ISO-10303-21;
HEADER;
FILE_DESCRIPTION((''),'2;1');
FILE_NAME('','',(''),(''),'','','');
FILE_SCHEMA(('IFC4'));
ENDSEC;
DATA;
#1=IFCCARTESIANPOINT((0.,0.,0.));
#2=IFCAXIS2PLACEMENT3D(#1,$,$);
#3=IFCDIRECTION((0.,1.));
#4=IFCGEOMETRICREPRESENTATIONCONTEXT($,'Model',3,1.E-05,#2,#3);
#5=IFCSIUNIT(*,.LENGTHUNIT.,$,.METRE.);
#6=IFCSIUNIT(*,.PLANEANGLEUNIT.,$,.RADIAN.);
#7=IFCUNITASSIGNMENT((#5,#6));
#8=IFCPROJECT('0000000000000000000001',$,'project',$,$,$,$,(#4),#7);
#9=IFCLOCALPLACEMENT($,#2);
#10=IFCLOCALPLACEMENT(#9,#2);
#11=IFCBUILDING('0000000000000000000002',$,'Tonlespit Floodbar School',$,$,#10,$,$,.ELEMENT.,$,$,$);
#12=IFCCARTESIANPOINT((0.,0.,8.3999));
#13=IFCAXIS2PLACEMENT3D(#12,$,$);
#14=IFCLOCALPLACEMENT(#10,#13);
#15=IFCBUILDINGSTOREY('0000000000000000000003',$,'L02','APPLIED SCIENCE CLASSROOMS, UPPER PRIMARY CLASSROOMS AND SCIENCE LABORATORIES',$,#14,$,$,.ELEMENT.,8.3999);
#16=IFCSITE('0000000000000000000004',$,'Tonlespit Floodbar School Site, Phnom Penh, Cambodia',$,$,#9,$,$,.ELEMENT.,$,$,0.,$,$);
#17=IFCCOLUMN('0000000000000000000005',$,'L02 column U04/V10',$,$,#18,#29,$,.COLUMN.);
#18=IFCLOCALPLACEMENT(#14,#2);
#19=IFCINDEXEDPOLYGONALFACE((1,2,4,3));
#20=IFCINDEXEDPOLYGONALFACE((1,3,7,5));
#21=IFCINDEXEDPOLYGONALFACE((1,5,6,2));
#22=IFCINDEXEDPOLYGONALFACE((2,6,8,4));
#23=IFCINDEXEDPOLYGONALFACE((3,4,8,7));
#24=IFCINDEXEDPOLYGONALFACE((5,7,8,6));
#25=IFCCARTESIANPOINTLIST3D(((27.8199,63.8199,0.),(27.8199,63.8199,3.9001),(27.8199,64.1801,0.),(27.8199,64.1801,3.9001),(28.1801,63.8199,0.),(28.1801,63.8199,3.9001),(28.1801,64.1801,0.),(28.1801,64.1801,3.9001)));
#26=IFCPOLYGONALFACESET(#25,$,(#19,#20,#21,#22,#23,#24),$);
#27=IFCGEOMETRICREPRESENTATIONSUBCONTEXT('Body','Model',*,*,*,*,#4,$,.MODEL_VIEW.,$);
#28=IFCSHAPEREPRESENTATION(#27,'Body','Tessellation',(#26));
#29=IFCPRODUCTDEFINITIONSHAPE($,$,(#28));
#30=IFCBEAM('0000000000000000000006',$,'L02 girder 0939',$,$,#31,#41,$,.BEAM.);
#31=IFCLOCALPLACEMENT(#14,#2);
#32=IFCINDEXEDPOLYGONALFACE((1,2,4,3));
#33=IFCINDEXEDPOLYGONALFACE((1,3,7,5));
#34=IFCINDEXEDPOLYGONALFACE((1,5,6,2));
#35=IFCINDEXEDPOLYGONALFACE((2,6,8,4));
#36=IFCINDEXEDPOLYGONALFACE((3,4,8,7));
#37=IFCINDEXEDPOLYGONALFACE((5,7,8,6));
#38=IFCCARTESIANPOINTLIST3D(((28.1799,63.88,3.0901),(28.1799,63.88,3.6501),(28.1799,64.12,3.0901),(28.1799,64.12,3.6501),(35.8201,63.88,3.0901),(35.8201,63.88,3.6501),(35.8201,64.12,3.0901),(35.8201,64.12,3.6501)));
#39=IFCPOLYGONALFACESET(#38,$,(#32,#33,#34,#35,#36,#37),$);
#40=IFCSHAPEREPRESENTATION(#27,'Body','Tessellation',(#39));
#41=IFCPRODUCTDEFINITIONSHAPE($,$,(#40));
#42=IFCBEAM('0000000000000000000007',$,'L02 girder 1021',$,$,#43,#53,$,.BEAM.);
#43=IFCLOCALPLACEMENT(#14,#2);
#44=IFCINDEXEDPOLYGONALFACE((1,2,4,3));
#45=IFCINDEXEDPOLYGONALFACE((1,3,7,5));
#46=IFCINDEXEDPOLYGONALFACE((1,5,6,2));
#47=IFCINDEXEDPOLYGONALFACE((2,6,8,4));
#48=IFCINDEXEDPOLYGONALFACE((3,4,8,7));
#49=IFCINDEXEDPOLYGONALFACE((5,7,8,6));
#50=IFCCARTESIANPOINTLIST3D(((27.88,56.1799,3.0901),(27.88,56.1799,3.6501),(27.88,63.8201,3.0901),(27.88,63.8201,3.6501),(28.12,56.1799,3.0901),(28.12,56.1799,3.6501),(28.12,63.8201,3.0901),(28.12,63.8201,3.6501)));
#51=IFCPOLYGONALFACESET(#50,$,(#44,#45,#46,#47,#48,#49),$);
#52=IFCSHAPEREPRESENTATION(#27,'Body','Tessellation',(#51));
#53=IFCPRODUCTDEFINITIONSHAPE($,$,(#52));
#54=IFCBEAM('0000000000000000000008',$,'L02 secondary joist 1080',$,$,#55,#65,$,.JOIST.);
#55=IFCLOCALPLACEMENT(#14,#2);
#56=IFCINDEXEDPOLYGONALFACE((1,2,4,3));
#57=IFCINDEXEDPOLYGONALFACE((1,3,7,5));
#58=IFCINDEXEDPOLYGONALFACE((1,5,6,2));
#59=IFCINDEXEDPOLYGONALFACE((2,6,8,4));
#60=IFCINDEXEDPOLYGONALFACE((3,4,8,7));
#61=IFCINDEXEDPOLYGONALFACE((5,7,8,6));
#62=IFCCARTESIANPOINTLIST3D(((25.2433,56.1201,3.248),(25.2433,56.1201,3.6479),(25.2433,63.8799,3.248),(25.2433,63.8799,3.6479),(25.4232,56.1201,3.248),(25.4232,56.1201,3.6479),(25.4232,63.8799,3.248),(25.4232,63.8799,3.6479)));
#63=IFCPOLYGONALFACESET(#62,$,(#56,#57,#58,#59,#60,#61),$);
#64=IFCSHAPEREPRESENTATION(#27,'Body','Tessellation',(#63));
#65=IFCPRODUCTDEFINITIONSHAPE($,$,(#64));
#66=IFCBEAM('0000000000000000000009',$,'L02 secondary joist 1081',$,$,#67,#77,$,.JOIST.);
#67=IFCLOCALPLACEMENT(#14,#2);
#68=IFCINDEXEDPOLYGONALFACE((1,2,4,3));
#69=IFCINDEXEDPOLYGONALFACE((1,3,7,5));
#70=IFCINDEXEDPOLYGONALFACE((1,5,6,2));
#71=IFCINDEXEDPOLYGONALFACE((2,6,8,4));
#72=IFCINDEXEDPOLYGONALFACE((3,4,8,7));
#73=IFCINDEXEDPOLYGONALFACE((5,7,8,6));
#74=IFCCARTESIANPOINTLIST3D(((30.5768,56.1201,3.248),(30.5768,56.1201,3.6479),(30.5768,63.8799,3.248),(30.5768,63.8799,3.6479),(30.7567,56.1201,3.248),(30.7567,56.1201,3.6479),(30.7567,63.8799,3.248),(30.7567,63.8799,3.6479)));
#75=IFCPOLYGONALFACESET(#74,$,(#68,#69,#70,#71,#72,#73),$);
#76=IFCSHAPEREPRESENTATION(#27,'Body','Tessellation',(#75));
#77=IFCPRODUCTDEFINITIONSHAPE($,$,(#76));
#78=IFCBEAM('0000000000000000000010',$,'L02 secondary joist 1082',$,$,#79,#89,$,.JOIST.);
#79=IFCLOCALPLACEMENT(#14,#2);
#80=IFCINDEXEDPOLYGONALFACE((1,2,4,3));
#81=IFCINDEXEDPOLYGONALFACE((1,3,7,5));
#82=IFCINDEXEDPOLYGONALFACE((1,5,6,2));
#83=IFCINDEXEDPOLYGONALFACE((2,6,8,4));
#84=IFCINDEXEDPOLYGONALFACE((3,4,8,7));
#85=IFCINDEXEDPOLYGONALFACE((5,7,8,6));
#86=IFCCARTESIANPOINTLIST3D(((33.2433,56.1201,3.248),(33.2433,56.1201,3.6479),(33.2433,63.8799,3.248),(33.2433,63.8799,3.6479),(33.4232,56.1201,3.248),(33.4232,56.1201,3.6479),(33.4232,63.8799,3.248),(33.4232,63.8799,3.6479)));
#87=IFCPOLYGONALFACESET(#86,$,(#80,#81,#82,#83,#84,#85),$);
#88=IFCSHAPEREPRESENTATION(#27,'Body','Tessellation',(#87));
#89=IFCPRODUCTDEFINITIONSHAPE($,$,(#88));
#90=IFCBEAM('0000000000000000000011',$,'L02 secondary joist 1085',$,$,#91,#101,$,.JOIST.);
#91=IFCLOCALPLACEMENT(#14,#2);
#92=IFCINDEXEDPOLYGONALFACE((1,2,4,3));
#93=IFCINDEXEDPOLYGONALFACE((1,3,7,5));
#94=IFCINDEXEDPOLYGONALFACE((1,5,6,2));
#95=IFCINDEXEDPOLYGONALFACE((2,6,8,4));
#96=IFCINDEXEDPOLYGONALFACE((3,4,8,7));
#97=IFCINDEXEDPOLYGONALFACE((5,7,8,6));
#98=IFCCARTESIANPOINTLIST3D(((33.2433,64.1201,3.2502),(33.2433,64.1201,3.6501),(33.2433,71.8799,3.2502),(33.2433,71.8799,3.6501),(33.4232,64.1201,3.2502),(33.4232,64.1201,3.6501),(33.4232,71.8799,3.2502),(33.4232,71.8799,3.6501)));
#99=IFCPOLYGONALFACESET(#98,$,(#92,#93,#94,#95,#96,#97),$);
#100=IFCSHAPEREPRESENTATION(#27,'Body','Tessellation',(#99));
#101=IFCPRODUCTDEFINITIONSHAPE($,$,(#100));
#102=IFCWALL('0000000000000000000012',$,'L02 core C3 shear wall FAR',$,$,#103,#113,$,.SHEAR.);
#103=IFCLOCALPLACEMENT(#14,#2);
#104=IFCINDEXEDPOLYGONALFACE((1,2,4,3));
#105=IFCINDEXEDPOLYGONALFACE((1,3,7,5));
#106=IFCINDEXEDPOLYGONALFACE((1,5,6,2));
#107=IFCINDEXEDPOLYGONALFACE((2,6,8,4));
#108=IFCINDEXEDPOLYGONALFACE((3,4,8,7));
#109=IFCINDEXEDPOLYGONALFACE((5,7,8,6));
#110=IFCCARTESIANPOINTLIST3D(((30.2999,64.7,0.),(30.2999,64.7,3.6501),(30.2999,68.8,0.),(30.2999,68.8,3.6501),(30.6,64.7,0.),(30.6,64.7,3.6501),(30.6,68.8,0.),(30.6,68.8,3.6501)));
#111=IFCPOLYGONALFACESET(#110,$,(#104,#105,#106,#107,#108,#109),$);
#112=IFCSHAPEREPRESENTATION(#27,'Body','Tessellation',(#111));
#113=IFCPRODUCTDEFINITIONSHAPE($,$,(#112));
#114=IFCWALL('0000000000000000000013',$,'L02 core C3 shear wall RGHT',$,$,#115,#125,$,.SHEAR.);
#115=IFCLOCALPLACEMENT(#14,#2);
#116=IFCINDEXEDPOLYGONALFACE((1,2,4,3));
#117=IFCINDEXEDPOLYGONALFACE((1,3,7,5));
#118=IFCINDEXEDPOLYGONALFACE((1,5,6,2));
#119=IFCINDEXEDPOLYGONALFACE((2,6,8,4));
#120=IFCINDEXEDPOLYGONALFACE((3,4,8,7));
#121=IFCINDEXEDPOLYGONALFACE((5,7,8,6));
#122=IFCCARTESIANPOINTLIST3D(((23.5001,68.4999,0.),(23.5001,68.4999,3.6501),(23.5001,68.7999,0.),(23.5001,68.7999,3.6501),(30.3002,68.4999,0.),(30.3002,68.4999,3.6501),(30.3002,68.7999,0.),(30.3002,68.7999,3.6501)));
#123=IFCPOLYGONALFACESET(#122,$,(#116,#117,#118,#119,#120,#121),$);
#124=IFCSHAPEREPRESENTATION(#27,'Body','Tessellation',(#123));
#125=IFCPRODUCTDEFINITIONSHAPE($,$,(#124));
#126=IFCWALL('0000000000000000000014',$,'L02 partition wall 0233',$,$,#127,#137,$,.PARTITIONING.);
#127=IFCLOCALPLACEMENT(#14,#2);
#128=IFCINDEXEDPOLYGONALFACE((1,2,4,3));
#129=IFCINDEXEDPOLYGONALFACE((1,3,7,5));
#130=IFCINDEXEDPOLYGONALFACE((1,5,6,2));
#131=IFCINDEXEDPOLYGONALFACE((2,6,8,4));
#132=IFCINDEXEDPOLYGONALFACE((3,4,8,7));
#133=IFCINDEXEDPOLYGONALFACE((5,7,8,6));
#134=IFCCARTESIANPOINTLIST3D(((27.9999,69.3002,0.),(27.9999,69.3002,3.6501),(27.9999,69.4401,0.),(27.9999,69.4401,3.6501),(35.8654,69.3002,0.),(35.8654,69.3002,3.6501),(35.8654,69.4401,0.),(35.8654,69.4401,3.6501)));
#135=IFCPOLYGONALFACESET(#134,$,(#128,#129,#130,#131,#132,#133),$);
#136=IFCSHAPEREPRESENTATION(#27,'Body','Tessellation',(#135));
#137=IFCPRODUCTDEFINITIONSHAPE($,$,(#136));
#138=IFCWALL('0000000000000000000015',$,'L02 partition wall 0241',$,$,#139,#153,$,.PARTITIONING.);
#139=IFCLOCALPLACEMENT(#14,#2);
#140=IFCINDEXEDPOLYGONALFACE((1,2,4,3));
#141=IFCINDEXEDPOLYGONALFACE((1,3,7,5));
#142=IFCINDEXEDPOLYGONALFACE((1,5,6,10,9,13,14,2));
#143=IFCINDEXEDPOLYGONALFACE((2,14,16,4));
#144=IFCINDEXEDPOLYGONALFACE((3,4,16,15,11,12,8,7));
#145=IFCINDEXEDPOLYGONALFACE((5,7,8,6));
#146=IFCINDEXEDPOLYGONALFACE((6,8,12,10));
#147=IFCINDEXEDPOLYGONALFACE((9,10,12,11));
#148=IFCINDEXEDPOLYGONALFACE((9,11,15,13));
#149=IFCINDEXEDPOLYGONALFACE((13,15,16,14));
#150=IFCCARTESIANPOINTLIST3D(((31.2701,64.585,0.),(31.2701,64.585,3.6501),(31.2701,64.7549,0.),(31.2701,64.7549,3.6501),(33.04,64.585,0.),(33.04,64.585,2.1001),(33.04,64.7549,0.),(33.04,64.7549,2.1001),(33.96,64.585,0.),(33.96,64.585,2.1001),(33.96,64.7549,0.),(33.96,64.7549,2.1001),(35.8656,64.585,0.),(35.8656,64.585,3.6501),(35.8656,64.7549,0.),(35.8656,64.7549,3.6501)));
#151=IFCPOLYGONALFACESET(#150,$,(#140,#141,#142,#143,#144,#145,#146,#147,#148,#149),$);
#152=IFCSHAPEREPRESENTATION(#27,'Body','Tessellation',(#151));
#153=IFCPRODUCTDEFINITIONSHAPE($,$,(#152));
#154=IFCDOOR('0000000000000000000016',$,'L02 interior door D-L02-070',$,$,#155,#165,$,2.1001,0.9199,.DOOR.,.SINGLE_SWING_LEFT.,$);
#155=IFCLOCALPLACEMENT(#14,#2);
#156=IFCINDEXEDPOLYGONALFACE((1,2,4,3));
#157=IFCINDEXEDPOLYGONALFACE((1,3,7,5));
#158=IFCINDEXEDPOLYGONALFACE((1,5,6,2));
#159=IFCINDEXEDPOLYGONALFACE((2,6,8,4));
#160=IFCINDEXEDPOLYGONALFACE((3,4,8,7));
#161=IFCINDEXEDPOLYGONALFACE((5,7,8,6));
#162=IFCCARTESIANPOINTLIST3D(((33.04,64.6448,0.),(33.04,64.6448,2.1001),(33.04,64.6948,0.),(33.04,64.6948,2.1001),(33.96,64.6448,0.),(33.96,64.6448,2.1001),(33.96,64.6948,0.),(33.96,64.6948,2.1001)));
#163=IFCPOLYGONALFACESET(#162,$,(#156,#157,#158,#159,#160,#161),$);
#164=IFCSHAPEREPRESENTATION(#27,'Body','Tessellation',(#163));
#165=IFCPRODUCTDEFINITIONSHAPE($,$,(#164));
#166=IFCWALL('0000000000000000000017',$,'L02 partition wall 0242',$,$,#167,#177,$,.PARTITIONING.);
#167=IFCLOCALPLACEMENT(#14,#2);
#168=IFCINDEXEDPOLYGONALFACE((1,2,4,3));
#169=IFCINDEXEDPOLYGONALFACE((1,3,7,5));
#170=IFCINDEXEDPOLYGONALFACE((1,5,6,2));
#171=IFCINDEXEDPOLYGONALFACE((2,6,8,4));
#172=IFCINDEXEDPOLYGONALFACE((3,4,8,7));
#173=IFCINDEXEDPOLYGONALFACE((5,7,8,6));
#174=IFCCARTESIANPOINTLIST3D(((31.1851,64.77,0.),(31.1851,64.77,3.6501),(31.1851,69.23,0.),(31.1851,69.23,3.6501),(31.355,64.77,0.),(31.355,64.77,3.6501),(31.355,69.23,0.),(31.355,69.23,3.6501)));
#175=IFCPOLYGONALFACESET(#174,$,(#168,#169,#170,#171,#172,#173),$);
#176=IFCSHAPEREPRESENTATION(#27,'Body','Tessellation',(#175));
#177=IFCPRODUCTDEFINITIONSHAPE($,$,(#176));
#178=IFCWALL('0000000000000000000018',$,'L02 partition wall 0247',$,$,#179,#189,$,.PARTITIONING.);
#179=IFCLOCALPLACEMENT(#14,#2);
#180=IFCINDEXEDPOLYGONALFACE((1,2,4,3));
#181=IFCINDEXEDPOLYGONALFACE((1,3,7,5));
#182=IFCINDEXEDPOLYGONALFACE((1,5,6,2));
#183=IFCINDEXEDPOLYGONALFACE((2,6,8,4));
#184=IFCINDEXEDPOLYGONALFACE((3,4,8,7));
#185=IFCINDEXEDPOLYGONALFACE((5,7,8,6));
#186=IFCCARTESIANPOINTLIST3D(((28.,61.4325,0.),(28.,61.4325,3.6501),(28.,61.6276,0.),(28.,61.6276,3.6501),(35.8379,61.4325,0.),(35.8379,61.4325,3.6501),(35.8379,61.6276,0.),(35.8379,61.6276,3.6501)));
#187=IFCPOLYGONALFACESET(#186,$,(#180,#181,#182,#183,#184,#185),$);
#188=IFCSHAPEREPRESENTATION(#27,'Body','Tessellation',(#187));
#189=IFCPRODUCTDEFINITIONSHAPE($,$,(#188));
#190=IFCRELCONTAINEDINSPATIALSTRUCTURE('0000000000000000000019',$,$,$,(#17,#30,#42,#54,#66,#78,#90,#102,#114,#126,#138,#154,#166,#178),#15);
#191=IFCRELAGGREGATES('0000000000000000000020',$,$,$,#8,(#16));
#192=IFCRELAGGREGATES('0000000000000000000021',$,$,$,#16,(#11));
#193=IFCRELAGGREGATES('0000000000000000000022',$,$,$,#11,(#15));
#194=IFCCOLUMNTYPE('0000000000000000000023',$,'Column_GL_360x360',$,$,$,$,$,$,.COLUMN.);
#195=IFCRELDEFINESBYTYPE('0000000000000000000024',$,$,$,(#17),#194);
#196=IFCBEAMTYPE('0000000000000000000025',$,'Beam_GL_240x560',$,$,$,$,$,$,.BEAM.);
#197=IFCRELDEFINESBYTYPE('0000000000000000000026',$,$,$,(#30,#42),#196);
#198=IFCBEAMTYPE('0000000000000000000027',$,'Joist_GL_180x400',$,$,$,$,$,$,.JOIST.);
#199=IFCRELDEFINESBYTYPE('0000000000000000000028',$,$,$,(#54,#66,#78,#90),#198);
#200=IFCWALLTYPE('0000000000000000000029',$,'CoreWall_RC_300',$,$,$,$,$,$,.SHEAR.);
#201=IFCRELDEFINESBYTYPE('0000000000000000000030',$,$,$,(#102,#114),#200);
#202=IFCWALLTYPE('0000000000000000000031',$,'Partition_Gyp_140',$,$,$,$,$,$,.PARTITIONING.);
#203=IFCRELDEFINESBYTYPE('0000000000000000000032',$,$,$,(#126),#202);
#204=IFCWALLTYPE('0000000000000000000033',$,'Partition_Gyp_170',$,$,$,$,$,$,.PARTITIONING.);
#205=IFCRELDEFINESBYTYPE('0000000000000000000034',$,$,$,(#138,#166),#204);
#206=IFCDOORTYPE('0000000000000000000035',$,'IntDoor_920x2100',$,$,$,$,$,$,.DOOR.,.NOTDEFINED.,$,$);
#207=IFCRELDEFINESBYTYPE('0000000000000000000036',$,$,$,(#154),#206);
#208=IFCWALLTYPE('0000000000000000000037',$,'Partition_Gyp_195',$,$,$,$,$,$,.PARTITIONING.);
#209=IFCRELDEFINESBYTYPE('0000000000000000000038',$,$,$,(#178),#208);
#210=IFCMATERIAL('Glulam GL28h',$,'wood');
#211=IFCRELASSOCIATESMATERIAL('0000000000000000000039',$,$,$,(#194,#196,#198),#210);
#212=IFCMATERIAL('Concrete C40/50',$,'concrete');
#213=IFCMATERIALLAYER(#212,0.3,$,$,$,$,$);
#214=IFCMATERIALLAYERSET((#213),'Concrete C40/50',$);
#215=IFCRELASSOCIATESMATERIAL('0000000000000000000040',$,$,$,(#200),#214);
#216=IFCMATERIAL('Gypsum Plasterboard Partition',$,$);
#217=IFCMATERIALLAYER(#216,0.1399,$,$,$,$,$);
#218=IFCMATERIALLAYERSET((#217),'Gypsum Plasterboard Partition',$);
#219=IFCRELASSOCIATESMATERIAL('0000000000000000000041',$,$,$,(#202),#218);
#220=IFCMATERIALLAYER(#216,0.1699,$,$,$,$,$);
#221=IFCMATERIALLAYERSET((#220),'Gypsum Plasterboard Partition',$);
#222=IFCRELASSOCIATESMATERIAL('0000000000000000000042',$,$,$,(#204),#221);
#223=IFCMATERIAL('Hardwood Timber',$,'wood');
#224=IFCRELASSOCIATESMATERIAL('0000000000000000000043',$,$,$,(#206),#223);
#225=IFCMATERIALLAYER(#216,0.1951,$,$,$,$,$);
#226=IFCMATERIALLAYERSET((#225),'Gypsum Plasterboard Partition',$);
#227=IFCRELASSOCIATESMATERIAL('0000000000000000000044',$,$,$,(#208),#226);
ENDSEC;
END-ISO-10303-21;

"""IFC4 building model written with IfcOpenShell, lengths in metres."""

from ifc_helpers import new_model, si_unit, direction, frame, frame_2d, origin, origin_2d, place, context, subcontext, project, spatial, rectangle, extrude, material, layer, layer_set, material_profile, profile_set, type_object, element, fill, save


model = new_model("IFC4")

# Units and contexts
model_context = context("Model", 3, precision=1e-05, world=origin(), true_north=direction((0.0, 1.0)))
body_context = subcontext(model_context, "Body", "Model", "MODEL_VIEW")
ifc_project = project(units=[si_unit("LENGTHUNIT", "METRE"), si_unit("PLANEANGLEUNIT", "RADIAN")], contexts=[model_context])

# Site, building, storey
site_placement = place(None, origin())
site = spatial("IfcSite", under=ifc_project, at=site_placement, Name="Tonlespit Floodbar School Site, Phnom Penh, Cambodia", CompositionType="ELEMENT", RefElevation=0.0)
building_placement = place(site_placement, origin())
building = spatial("IfcBuilding", under=site, at=building_placement, Name="Tonlespit Floodbar School", CompositionType="ELEMENT")
storey_placement = place(building_placement, frame((0.0, 0.0, 8.3999)))
storey = spatial("IfcBuildingStorey", under=building, at=storey_placement, Name="L02", Description="APPLIED SCIENCE CLASSROOMS, UPPER PRIMARY CLASSROOMS AND SCIENCE LABORATORIES", CompositionType="ELEMENT", Elevation=8.3999)

# Column
ifc_material_1 = material(Name="Glulam GL28h", Category="wood")
ifc_material_profile_1 = material_profile(ifc_material_1, rectangle(XDim=0.3601, YDim=0.3601, at=origin_2d()), Name="GL 360x360")
ifc_profile_set_1 = profile_set([ifc_material_profile_1], Name="Glulam GL28h")
column_type = type_object("IfcColumnType", Name="Column_GL_360x360", PredefinedType="COLUMN", material=ifc_profile_set_1)
column_placement = place(storey_placement, frame((28.0, 64.0, 0.0), z_axis=(0.0, 0.0, 1.0), x_axis=(1.0, 0.0, 0.0)))
element("IfcColumn", 1, at=column_placement, inside=storey, type_object=column_type, Name="L02 column U04/V10", PredefinedType="COLUMN", context=body_context, shape_type="SweptSolid", body=[
    extrude(rectangle(XDim=0.3601, YDim=0.3601, at=origin_2d()), origin(), (0.0, 0.0, 1.0), 3.9001),
])

# Beams
ifc_material_profile_2 = material_profile(ifc_material_1, rectangle(XDim=0.24, YDim=0.5601, at=origin_2d()), Name="GL 240x560")
ifc_profile_set_2 = profile_set([ifc_material_profile_2], Name="Glulam GL28h")
beam_type_1 = type_object("IfcBeamType", Name="Beam_GL_240x560", PredefinedType="BEAM", material=ifc_profile_set_2)
for number, where, z_axis, x_axis, name in (
    (2, (28.1799, 64.0, 3.3701), (1.0, 0.0, 0.0), (0.0, 1.0, 0.0), "L02 girder 0939"),
    (3, (28.0, 56.1799, 3.3701), (0.0, 1.0, 0.0), (-1.0, 0.0, 0.0), "L02 girder 1021"),
):
    element("IfcBeam", number, at=place(storey_placement, frame(where, z_axis=z_axis, x_axis=x_axis)), inside=storey, type_object=beam_type_1, Name=name, PredefinedType="BEAM", context=body_context, shape_type="SweptSolid", body=[
        extrude(rectangle(XDim=0.24, YDim=0.5601, at=origin_2d()), origin(), (0.0, 0.0, 1.0), 7.6401),
    ])
ifc_material_profile_3 = material_profile(ifc_material_1, rectangle(XDim=0.1799, YDim=0.3999, at=origin_2d()), Name="GL 180x400")
ifc_profile_set_3 = profile_set([ifc_material_profile_3], Name="Glulam GL28h")
beam_type_2 = type_object("IfcBeamType", Name="Joist_GL_180x400", PredefinedType="JOIST", material=ifc_profile_set_3)
for number, where, z_axis, x_axis, name in (
    (4, (25.3333, 56.1201, 3.448), (0.0, 1.0, 0.0), (-1.0, 0.0, 0.0), "L02 secondary joist 1080"),
    (5, (30.6667, 56.1201, 3.448), (0.0, 1.0, 0.0), (-1.0, 0.0, 0.0), "L02 secondary joist 1081"),
    (6, (33.3333, 56.1201, 3.448), (0.0, 1.0, 0.0), (-1.0, 0.0, 0.0), "L02 secondary joist 1082"),
    (7, (33.3333, 64.1201, 3.4502), (0.0, 1.0, 0.0), (-1.0, 0.0, 0.0), "L02 secondary joist 1085"),
):
    element("IfcBeam", number, at=place(storey_placement, frame(where, z_axis=z_axis, x_axis=x_axis)), inside=storey, type_object=beam_type_2, Name=name, PredefinedType="JOIST", context=body_context, shape_type="SweptSolid", body=[
        extrude(rectangle(XDim=0.1799, YDim=0.3999, at=origin_2d()), origin(), (0.0, 0.0, 1.0), 7.7598),
    ])

# Walls
ifc_material_2 = material(Name="Concrete C40/50", Category="concrete")
ifc_layer_1 = layer(ifc_material_2, 0.3)
ifc_layer_set_1 = layer_set([ifc_layer_1], Name="Concrete C40/50")
wall_type_1 = type_object("IfcWallType", Name="CoreWall_RC_300", PredefinedType="SHEAR", material=ifc_layer_set_1)
wall_1_placement = place(storey_placement, frame((30.45, 68.8, 0.0), z_axis=(0.0, 0.0, 1.0), x_axis=(0.0, -1.0, 0.0)))
element("IfcWall", 8, at=wall_1_placement, inside=storey, type_object=wall_type_1, Name="L02 core C3 shear wall FAR", PredefinedType="SHEAR", context=body_context, shape_type="SweptSolid", body=[
    extrude(rectangle(XDim=4.1001, YDim=0.3, at=frame_2d((2.05, 0.0))), origin(), (0.0, 0.0, 1.0), 3.6501),
])
wall_2_placement = place(storey_placement, frame((30.3, 68.6499, 0.0), z_axis=(0.0, 0.0, 1.0), x_axis=(-1.0, 0.0, 0.0)))
element("IfcWall", 9, at=wall_2_placement, inside=storey, type_object=wall_type_1, Name="L02 core C3 shear wall RGHT", PredefinedType="SHEAR", context=body_context, shape_type="SweptSolid", body=[
    extrude(rectangle(XDim=6.8, YDim=0.3, at=frame_2d((3.3999, 0.0))), origin(), (0.0, 0.0, 1.0), 3.6501),
])
ifc_material_3 = material(Name="Gypsum Plasterboard Partition")
ifc_layer_2 = layer(ifc_material_3, 0.1399)
ifc_layer_set_2 = layer_set([ifc_layer_2], Name="Gypsum Plasterboard Partition")
wall_type_2 = type_object("IfcWallType", Name="Partition_Gyp_140", PredefinedType="PARTITIONING", material=ifc_layer_set_2)
wall_3_placement = place(storey_placement, frame((28.0, 69.3701, 0.0), z_axis=(0.0, 0.0, 1.0), x_axis=(1.0, 0.0, 0.0)))
element("IfcWall", 10, at=wall_3_placement, inside=storey, type_object=wall_type_2, Name="L02 partition wall 0233", PredefinedType="PARTITIONING", context=body_context, shape_type="SweptSolid", body=[
    extrude(rectangle(XDim=7.8655, YDim=0.1399, at=frame_2d((3.9326, 0.0))), origin(), (0.0, 0.0, 1.0), 3.6501),
])

# Wall, opening, door
ifc_layer_3 = layer(ifc_material_3, 0.1699)
ifc_layer_set_3 = layer_set([ifc_layer_3], Name="Gypsum Plasterboard Partition")
wall_type_3 = type_object("IfcWallType", Name="Partition_Gyp_170", PredefinedType="PARTITIONING", material=ifc_layer_set_3)
wall_4_placement = place(storey_placement, frame((31.27, 64.6699, 0.0), z_axis=(0.0, 0.0, 1.0), x_axis=(1.0, 0.0, 0.0)))
wall_4 = element("IfcWall", 11, at=wall_4_placement, inside=storey, type_object=wall_type_3, Name="L02 partition wall 0241", PredefinedType="PARTITIONING", context=body_context, shape_type="SweptSolid", body=[
    extrude(rectangle(XDim=4.5955, YDim=0.1699, at=frame_2d((2.2979, 0.0))), origin(), (0.0, 0.0, 1.0), 3.6501),
])
opening_placement = place(wall_4_placement, frame((1.77, 0.0, 0.0)))
opening = element("IfcOpeningElement", 12, at=opening_placement, cuts=wall_4, PredefinedType="OPENING", context=body_context, shape_type="SweptSolid", body=[
    extrude(rectangle(XDim=0.9199, YDim=2.1001, at=frame_2d((0.46, 1.05))), frame((0.0, 0.095, 0.0), z_axis=(0.0, -1.0, 0.0), x_axis=(1.0, 0.0, 0.0)), (0.0, 0.0, 1.0), 0.1899),
])
ifc_material_4 = material(Name="Hardwood Timber", Category="wood")
door_type = type_object("IfcDoorType", Name="IntDoor_920x2100", OperationType="NOTDEFINED", PredefinedType="DOOR", material=ifc_material_4)
door_placement = place(opening_placement, origin())
door = element("IfcDoor", 13, at=door_placement, inside=storey, type_object=door_type, Name="L02 interior door D-L02-070", OperationType="SINGLE_SWING_LEFT", OverallHeight=2.1001, OverallWidth=0.9199, PredefinedType="DOOR", context=body_context, shape_type="SweptSolid", body=[
    extrude(rectangle(XDim=0.9199, YDim=2.1001, at=frame_2d((0.46, 1.05))), frame((0.0, 0.0249, 0.0), z_axis=(0.0, -1.0, 0.0), x_axis=(1.0, 0.0, 0.0)), (0.0, 0.0, 1.0), 0.05),
])
fill(opening, door)

# Walls
wall_5_placement = place(storey_placement, frame((31.27, 64.77, 0.0), z_axis=(0.0, 0.0, 1.0), x_axis=(0.0, 1.0, 0.0)))
element("IfcWall", 14, at=wall_5_placement, inside=storey, type_object=wall_type_3, Name="L02 partition wall 0242", PredefinedType="PARTITIONING", context=body_context, shape_type="SweptSolid", body=[
    extrude(rectangle(XDim=4.46, YDim=0.1699, at=frame_2d((2.23, 0.0))), origin(), (0.0, 0.0, 1.0), 3.6501),
])
ifc_layer_4 = layer(ifc_material_3, 0.1951)
ifc_layer_set_4 = layer_set([ifc_layer_4], Name="Gypsum Plasterboard Partition")
wall_type_4 = type_object("IfcWallType", Name="Partition_Gyp_195", PredefinedType="PARTITIONING", material=ifc_layer_set_4)
wall_6_placement = place(storey_placement, frame((28.0, 61.53, 0.0), z_axis=(0.0, 0.0, 1.0), x_axis=(1.0, 0.0, 0.0)))
element("IfcWall", 15, at=wall_6_placement, inside=storey, type_object=wall_type_4, Name="L02 partition wall 0247", PredefinedType="PARTITIONING", context=body_context, shape_type="SweptSolid", body=[
    extrude(rectangle(XDim=7.8379, YDim=0.1951, at=frame_2d((3.9189, 0.0))), origin(), (0.0, 0.0, 1.0), 3.6501),
])

save(model, "model.ifc")
